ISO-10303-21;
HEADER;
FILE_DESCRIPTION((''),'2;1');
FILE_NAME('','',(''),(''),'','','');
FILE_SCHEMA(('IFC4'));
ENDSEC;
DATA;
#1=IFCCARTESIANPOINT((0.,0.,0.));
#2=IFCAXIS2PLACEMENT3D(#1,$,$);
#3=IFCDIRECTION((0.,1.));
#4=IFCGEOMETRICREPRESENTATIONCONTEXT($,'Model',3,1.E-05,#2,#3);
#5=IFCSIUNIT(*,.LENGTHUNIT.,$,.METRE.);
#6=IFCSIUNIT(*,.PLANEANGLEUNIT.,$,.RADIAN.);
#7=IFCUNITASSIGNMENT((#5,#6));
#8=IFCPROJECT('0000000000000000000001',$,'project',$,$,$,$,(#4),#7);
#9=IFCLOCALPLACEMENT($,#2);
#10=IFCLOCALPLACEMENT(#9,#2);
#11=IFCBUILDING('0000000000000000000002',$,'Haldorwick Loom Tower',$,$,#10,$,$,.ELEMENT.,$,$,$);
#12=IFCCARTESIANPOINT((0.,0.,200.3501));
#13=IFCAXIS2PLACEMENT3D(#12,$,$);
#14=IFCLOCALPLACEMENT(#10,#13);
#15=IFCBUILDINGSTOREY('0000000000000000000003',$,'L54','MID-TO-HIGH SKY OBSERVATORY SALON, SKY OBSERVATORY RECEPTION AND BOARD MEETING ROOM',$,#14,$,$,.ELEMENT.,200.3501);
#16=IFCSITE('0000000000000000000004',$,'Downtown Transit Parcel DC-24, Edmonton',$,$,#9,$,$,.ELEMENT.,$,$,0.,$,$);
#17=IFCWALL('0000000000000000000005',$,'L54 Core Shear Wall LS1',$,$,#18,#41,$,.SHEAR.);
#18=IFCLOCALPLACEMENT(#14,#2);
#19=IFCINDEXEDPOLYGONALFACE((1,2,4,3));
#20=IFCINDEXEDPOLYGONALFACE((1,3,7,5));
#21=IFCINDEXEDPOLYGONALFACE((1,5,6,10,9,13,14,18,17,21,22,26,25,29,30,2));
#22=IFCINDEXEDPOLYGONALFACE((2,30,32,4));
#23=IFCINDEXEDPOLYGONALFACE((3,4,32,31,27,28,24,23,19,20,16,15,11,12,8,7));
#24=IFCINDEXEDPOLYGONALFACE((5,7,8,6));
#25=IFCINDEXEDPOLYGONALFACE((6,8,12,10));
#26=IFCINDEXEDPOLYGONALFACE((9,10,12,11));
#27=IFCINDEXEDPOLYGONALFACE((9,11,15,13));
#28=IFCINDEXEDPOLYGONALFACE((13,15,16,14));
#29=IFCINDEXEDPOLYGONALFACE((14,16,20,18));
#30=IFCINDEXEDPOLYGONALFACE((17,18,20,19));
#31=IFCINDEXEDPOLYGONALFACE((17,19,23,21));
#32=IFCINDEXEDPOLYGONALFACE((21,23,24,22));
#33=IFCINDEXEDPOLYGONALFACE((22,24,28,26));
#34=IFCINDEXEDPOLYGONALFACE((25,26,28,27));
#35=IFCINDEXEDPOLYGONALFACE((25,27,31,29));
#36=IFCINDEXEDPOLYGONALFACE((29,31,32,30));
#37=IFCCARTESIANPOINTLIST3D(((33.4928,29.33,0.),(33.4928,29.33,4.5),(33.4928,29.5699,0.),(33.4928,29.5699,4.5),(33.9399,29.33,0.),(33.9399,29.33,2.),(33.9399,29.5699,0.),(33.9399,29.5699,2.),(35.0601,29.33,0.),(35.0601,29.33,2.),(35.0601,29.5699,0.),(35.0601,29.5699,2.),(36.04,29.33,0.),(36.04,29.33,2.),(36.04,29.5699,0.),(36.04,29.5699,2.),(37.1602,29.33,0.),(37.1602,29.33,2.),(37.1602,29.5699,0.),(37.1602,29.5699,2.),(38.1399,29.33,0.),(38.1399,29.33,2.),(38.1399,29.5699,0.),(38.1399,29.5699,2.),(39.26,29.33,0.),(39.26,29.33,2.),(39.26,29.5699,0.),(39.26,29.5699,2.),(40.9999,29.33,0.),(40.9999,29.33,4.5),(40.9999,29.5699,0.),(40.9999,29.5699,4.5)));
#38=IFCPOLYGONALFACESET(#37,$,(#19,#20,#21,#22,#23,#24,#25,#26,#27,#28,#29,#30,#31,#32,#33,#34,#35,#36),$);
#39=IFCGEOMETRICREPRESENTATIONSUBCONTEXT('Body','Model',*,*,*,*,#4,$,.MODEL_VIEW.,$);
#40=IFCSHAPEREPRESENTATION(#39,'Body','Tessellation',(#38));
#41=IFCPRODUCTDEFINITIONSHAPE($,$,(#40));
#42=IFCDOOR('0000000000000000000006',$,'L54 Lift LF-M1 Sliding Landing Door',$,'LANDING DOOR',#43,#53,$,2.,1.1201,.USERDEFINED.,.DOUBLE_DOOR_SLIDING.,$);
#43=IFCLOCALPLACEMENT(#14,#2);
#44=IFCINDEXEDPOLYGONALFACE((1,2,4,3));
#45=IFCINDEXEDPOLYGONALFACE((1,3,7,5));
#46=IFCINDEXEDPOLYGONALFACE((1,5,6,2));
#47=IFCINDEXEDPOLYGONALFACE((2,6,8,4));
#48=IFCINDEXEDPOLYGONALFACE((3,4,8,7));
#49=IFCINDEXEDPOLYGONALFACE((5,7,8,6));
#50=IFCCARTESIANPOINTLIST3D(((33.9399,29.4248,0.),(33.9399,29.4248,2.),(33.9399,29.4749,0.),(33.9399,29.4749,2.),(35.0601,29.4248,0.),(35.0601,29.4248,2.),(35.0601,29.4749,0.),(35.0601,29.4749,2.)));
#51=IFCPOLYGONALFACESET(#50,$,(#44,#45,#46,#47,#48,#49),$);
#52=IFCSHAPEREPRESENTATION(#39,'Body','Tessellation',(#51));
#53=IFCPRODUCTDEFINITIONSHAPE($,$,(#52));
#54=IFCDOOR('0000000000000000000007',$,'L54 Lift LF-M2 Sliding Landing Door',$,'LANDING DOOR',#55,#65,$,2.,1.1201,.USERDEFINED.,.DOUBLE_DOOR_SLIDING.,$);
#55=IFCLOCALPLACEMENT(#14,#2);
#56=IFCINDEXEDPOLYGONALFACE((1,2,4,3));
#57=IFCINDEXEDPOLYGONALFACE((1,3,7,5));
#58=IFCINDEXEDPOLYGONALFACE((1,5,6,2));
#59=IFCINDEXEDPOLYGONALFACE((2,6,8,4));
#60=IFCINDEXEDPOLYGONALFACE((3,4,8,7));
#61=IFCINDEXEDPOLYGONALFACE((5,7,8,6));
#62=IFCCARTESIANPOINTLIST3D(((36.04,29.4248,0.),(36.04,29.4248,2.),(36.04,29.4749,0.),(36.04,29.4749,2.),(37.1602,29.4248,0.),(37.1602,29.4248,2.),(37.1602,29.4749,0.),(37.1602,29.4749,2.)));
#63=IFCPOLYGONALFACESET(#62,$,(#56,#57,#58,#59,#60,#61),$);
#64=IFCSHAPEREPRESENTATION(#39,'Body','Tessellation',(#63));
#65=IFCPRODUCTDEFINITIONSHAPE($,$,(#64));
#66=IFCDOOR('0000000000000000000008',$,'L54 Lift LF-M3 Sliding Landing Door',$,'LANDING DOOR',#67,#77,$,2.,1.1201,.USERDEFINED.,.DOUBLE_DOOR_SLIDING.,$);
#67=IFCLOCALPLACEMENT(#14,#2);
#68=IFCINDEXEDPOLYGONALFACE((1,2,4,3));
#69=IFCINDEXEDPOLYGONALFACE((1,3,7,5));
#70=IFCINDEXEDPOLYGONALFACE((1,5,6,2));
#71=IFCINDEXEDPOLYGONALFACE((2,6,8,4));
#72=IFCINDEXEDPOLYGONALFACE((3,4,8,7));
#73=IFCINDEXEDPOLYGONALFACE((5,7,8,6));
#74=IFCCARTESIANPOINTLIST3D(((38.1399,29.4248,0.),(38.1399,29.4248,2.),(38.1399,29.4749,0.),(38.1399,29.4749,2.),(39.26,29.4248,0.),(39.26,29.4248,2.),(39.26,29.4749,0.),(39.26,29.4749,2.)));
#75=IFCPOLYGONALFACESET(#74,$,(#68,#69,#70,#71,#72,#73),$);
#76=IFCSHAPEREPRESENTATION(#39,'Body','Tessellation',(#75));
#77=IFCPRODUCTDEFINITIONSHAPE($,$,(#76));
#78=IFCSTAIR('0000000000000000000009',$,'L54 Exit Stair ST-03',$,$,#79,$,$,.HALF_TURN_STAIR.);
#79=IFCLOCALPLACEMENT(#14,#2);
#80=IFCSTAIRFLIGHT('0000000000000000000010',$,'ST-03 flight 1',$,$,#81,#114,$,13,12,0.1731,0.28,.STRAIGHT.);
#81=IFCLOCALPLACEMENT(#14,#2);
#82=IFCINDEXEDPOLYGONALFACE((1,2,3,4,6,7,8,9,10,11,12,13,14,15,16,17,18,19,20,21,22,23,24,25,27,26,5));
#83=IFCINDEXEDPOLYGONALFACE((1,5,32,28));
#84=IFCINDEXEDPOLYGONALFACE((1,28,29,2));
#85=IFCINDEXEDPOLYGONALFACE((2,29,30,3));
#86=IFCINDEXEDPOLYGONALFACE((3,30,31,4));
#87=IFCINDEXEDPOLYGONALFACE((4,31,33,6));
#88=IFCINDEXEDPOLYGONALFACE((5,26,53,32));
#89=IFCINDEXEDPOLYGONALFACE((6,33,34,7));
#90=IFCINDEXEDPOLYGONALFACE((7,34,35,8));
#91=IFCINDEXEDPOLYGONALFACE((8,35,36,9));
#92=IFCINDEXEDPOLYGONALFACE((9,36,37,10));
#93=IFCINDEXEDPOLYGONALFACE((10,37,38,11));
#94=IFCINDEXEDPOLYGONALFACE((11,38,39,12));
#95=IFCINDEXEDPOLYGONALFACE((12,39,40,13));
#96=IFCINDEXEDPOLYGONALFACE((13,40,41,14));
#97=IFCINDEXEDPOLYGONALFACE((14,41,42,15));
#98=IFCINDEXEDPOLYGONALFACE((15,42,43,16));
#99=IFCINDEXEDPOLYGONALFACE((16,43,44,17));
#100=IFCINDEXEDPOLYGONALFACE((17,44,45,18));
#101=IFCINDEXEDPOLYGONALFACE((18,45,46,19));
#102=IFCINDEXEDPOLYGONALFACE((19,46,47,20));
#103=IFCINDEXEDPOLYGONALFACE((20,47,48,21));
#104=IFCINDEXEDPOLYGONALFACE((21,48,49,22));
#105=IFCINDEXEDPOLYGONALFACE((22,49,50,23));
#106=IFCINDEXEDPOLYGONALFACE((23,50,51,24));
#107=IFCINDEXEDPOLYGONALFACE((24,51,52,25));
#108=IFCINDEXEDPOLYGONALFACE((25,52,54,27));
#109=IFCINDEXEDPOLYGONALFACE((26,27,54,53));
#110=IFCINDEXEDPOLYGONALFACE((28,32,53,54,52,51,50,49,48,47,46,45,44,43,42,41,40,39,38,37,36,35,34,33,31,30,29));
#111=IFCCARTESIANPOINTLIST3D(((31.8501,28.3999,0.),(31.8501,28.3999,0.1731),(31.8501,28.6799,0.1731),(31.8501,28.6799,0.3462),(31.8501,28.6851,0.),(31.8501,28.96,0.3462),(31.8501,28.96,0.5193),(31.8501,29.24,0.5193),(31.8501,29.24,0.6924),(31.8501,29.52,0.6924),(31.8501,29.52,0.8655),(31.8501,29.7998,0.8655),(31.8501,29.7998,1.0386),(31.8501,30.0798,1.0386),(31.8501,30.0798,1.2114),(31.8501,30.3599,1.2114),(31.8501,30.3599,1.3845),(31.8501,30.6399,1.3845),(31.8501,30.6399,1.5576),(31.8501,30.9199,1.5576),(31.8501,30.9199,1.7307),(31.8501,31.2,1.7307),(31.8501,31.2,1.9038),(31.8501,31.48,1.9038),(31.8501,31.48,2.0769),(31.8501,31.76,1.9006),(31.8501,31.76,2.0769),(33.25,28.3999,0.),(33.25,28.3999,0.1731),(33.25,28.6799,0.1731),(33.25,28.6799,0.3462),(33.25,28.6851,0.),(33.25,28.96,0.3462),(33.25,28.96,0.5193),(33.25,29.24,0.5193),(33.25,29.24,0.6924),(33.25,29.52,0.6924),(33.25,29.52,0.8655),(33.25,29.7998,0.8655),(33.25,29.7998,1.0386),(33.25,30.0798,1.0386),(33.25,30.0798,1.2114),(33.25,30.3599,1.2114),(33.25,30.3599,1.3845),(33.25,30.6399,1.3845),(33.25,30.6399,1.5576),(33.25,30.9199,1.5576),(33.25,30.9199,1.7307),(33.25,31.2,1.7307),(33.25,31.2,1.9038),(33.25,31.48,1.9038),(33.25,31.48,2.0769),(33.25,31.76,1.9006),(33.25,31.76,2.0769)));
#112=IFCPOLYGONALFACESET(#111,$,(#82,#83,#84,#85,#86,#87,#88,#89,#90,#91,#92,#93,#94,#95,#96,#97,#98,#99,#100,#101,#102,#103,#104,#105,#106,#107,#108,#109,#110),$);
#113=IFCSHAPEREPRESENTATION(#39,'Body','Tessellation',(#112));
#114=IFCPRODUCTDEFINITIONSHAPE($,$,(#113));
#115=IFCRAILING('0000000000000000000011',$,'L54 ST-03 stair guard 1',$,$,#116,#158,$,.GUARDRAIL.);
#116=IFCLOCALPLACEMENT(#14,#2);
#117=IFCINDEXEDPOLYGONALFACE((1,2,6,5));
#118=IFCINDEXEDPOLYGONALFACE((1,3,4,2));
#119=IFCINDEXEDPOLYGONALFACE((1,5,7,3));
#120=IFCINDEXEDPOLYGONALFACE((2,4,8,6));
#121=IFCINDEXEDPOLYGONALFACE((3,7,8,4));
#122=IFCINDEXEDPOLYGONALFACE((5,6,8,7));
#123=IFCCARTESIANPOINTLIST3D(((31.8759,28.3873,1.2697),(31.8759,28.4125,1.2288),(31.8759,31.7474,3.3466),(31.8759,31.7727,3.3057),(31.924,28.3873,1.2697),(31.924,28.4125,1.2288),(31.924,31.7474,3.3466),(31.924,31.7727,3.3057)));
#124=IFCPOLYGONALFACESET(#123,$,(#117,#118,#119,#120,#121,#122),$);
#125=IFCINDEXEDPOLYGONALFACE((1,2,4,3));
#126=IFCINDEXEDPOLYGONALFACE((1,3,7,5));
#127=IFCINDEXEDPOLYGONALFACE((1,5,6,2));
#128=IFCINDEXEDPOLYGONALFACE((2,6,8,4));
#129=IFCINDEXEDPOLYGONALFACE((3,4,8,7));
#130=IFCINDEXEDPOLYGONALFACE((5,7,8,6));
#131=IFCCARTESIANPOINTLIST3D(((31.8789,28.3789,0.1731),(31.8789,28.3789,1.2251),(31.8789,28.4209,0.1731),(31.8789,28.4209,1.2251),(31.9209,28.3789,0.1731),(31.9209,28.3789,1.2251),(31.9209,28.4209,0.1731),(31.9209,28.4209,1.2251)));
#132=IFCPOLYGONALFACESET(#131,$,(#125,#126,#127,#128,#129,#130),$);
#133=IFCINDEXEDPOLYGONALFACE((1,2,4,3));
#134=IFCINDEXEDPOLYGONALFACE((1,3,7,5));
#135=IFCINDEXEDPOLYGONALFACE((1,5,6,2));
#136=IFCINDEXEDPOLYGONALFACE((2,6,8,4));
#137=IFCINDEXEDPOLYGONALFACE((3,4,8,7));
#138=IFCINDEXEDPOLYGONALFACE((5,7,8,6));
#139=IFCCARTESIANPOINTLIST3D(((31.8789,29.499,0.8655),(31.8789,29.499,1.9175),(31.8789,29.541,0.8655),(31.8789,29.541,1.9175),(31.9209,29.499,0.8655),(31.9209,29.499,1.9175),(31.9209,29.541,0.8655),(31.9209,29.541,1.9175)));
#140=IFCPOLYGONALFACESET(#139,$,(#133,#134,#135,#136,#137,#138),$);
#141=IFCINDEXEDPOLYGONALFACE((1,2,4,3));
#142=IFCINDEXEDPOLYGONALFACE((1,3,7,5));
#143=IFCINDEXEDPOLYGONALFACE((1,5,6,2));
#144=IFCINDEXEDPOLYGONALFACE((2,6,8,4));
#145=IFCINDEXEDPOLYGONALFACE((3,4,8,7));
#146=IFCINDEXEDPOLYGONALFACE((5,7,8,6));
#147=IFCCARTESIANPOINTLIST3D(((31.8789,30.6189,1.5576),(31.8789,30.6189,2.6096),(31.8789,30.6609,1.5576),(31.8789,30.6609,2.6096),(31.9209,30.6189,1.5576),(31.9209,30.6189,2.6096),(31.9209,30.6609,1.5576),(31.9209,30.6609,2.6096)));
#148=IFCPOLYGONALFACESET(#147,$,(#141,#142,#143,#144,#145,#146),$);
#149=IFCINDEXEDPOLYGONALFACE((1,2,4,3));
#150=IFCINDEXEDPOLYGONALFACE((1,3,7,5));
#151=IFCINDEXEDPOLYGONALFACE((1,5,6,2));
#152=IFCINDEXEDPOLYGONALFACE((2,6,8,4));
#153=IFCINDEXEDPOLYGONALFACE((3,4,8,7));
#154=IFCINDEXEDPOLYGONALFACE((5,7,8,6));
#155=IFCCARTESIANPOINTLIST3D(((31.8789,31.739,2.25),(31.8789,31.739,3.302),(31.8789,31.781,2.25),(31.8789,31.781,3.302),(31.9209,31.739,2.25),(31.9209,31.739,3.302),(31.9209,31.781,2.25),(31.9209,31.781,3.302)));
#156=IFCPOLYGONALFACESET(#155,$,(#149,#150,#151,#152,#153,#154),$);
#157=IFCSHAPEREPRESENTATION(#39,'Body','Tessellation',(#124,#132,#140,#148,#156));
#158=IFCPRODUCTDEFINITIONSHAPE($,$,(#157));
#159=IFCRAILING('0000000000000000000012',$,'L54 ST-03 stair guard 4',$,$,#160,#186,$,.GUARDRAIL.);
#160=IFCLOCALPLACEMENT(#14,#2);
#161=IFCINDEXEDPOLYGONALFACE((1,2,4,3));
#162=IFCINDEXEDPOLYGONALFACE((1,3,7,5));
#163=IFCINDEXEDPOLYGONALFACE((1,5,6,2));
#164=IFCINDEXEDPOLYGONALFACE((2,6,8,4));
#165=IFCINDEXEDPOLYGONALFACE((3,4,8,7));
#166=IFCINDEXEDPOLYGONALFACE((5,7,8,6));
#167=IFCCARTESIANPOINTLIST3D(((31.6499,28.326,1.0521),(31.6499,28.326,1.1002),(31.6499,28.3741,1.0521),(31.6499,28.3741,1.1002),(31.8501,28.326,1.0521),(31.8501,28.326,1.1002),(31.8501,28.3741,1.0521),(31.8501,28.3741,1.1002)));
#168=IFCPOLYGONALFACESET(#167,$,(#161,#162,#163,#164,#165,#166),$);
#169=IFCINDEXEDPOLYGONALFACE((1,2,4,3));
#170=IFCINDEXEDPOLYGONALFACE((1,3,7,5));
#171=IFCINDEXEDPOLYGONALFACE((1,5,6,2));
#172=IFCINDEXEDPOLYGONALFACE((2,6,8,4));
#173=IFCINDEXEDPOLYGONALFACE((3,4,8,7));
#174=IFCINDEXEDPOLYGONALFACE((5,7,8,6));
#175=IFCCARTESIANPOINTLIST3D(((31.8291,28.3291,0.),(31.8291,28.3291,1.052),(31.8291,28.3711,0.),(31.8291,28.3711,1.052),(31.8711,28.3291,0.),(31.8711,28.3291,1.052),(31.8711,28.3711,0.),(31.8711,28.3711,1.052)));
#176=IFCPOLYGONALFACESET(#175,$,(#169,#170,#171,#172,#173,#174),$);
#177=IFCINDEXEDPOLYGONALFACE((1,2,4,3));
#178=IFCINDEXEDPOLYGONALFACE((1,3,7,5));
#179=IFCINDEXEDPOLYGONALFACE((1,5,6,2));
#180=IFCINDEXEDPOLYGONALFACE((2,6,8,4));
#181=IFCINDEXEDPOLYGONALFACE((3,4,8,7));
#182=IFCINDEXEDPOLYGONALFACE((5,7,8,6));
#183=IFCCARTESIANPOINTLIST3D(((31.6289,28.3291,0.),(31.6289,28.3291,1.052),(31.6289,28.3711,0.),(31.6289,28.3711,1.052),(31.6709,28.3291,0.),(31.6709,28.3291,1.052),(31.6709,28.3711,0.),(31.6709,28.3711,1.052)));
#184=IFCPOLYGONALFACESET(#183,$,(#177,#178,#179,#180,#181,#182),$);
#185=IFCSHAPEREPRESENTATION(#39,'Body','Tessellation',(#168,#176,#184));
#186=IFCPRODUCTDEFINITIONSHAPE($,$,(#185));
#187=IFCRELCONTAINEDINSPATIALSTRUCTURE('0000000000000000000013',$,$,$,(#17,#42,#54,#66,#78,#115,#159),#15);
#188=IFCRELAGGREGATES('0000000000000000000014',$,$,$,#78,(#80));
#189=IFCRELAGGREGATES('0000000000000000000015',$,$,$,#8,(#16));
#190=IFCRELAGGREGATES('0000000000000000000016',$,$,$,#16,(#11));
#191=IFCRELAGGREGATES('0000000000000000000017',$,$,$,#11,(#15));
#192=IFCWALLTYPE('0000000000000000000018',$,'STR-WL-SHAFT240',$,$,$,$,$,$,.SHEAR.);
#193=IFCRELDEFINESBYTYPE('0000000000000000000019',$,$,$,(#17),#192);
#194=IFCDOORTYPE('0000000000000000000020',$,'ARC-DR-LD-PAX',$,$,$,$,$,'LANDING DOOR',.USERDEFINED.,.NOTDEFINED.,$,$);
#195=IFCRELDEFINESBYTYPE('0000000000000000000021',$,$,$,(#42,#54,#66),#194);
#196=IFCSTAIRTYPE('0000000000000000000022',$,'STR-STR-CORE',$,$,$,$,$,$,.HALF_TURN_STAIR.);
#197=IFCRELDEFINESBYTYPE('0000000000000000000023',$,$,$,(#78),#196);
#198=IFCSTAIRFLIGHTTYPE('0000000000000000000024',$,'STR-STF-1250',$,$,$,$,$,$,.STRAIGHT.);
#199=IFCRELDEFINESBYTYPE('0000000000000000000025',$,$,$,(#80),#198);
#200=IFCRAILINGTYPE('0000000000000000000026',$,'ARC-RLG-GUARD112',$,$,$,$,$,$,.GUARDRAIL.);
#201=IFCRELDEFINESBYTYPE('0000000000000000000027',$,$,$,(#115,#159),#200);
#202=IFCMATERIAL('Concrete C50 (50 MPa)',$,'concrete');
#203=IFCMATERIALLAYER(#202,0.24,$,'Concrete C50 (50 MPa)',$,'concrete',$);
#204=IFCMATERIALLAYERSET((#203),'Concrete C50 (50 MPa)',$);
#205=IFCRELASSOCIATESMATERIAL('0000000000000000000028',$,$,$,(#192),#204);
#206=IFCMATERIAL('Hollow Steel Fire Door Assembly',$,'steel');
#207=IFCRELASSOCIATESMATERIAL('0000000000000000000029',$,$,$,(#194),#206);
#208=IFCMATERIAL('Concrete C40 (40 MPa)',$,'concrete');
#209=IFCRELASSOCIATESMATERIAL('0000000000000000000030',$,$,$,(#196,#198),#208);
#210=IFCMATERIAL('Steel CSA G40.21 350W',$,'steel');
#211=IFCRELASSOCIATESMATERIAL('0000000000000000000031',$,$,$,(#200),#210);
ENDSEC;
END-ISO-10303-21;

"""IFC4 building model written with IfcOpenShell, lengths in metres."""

from ifc_helpers import new_model, si_unit, direction, frame, frame_2d, origin, origin_2d, place, context, subcontext, project, spatial, polyline, rectangle, outline, extrude, material, layer, layer_set, type_object, element, fill, aggregate, save


model = new_model("IFC4")

# Units and contexts
model_context = context("Model", 3, precision=1e-05, world=origin(), true_north=direction((0.0, 1.0)))
body_context = subcontext(model_context, "Body", "Model", "MODEL_VIEW")
ifc_project = project(units=[si_unit("LENGTHUNIT", "METRE"), si_unit("PLANEANGLEUNIT", "RADIAN")], contexts=[model_context])

# Site, building, storey
site_placement = place(None, origin())
site = spatial("IfcSite", under=ifc_project, at=site_placement, Name="Downtown Transit Parcel DC-24, Edmonton", CompositionType="ELEMENT", RefElevation=0.0)
building_placement = place(site_placement, origin())
building = spatial("IfcBuilding", under=site, at=building_placement, Name="Haldorwick Loom Tower", CompositionType="ELEMENT")
storey_placement = place(building_placement, frame((0.0, 0.0, 200.3501)))
storey = spatial("IfcBuildingStorey", under=building, at=storey_placement, Name="L54", Description="MID-TO-HIGH SKY OBSERVATORY SALON, SKY OBSERVATORY RECEPTION AND BOARD MEETING ROOM", CompositionType="ELEMENT", Elevation=200.3501)

# Shared definitions
ifc_material_1 = material(Name="Steel CSA G40.21 350W", Category="steel")

# Shared definitions
ifc_material_2 = material(Name="Concrete C50 (50 MPa)", Category="concrete")

# Shared definitions
ifc_layer_1 = layer(ifc_material_2, 0.24, Name="Concrete C50 (50 MPa)", Category="concrete")
ifc_layer_set_1 = layer_set([ifc_layer_1], Name="Concrete C50 (50 MPa)")
wall_type_1 = type_object("IfcWallType", Name="STR-WL-SHAFT240", PredefinedType="SHEAR", material=ifc_layer_set_1)

# Wall, openings, doors
wall_1_placement = place(storey_placement, frame((33.4929, 29.45, 0.0), z_axis=(0.0, 0.0, 1.0), x_axis=(1.0, 0.0, 0.0)))
wall_1 = element("IfcWall", 1, at=wall_1_placement, inside=storey, type_object=wall_type_1, Name="L54 Core Shear Wall LS1", PredefinedType="SHEAR", context=body_context, shape_type="SweptSolid", body=[
    extrude(rectangle(XDim=7.5071, YDim=0.24, at=frame_2d((3.7534, 0.0))), origin(), (0.0, 0.0, 1.0), 4.5),
])
opening_1_placement = place(wall_1_placement, frame((0.447, 0.0, 0.0)))
opening_1 = element("IfcOpeningElement", 2, at=opening_1_placement, cuts=wall_1, PredefinedType="OPENING", context=body_context, shape_type="SweptSolid", body=[
    extrude(rectangle(XDim=1.1201, YDim=2.0, at=frame_2d((0.5601, 1.0))), frame((0.0, 0.1299, 0.0), z_axis=(0.0, -1.0, 0.0), x_axis=(1.0, 0.0, 0.0)), (0.0, 0.0, 1.0), 0.26),
])
opening_2_placement = place(wall_1_placement, frame((2.5471, 0.0, 0.0)))
opening_2 = element("IfcOpeningElement", 3, at=opening_2_placement, cuts=wall_1, PredefinedType="OPENING", context=body_context, shape_type="SweptSolid", body=[
    extrude(rectangle(XDim=1.1201, YDim=2.0, at=frame_2d((0.5601, 1.0))), frame((0.0, 0.1299, 0.0), z_axis=(0.0, -1.0, 0.0), x_axis=(1.0, 0.0, 0.0)), (0.0, 0.0, 1.0), 0.26),
])
opening_3_placement = place(wall_1_placement, frame((4.647, 0.0, 0.0)))
opening_3 = element("IfcOpeningElement", 4, at=opening_3_placement, cuts=wall_1, PredefinedType="OPENING", context=body_context, shape_type="SweptSolid", body=[
    extrude(rectangle(XDim=1.1201, YDim=2.0, at=frame_2d((0.5601, 1.0))), frame((0.0, 0.1299, 0.0), z_axis=(0.0, -1.0, 0.0), x_axis=(1.0, 0.0, 0.0)), (0.0, 0.0, 1.0), 0.26),
])
ifc_material_3 = material(Name="Hollow Steel Fire Door Assembly", Category="steel")
door_type = type_object("IfcDoorType", Name="ARC-DR-LD-PAX", ElementType="LANDING DOOR", OperationType="NOTDEFINED", PredefinedType="USERDEFINED", material=ifc_material_3)
door_1_placement = place(opening_1_placement, origin())
door_1 = element("IfcDoor", 5, at=door_1_placement, inside=storey, type_object=door_type, Name="L54 Lift LF-M1 Sliding Landing Door", ObjectType="LANDING DOOR", OperationType="DOUBLE_DOOR_SLIDING", OverallHeight=2.0, OverallWidth=1.1201, PredefinedType="USERDEFINED", context=body_context, shape_type="SweptSolid", body=[
    extrude(rectangle(XDim=1.1201, YDim=2.0, at=frame_2d((0.5601, 1.0))), frame((0.0, 0.0249, 0.0), z_axis=(0.0, -1.0, 0.0), x_axis=(1.0, 0.0, 0.0)), (0.0, 0.0, 1.0), 0.05),
])
fill(opening_1, door_1)
door_2_placement = place(opening_2_placement, origin())
door_2 = element("IfcDoor", 6, at=door_2_placement, inside=storey, type_object=door_type, Name="L54 Lift LF-M2 Sliding Landing Door", ObjectType="LANDING DOOR", OperationType="DOUBLE_DOOR_SLIDING", OverallHeight=2.0, OverallWidth=1.1201, PredefinedType="USERDEFINED", context=body_context, shape_type="SweptSolid", body=[
    extrude(rectangle(XDim=1.1201, YDim=2.0, at=frame_2d((0.5601, 1.0))), frame((0.0, 0.0249, 0.0), z_axis=(0.0, -1.0, 0.0), x_axis=(1.0, 0.0, 0.0)), (0.0, 0.0, 1.0), 0.05),
])
fill(opening_2, door_2)
door_3_placement = place(opening_3_placement, origin())
door_3 = element("IfcDoor", 7, at=door_3_placement, inside=storey, type_object=door_type, Name="L54 Lift LF-M3 Sliding Landing Door", ObjectType="LANDING DOOR", OperationType="DOUBLE_DOOR_SLIDING", OverallHeight=2.0, OverallWidth=1.1201, PredefinedType="USERDEFINED", context=body_context, shape_type="SweptSolid", body=[
    extrude(rectangle(XDim=1.1201, YDim=2.0, at=frame_2d((0.5601, 1.0))), frame((0.0, 0.0249, 0.0), z_axis=(0.0, -1.0, 0.0), x_axis=(1.0, 0.0, 0.0)), (0.0, 0.0, 1.0), 0.05),
])
fill(opening_3, door_3)

# Stair, stair flight
ifc_material_4 = material(Name="Concrete C40 (40 MPa)", Category="concrete")
stair_type = type_object("IfcStairType", Name="STR-STR-CORE", PredefinedType="HALF_TURN_STAIR", material=ifc_material_4)
stair_placement = place(storey_placement, origin())
stair = element("IfcStair", 8, at=stair_placement, inside=storey, type_object=stair_type, Name="L54 Exit Stair ST-03", PredefinedType="HALF_TURN_STAIR")
stair_flight_type = type_object("IfcStairFlightType", Name="STR-STF-1250", PredefinedType="STRAIGHT", material=ifc_material_4)
stair_flight_placement = place(storey_placement, frame((32.55, 28.3999, 0.0), z_axis=(0.0, 0.0, 1.0), x_axis=(0.0, 1.0, 0.0)))
stair_flight = element("IfcStairFlight", 9, at=stair_flight_placement, type_object=stair_flight_type, Name="ST-03 flight 1", NumberOfRisers=13, NumberOfTreads=12, PredefinedType="STRAIGHT", RiserHeight=0.1731, TreadLength=0.28, context=body_context, shape_type="SweptSolid", body=[
    extrude(outline(polyline([(0.0, 0.0), (0.0, 0.1731), (0.28, 0.1731), (0.28, 0.3462), (0.5601, 0.3462), (0.5601, 0.5193), (0.8401, 0.5193), (0.8401, 0.6924), (1.1201, 0.6924), (1.1201, 0.8655), (1.3999, 0.8655), (1.3999, 1.0386), (1.6799, 1.0386), (1.6799, 1.2114), (1.96, 1.2114), (1.96, 1.3845), (2.24, 1.3845), (2.24, 1.5576), (2.52, 1.5576), (2.52, 1.7307), (2.8, 1.7307), (2.8, 1.9038), (3.0801, 1.9038), (3.0801, 2.0769), (3.3601, 2.0769), (3.3601, 2.25), (3.3601, 1.9006), (0.2852, 0.0), (0.0, 0.0)])), frame((0.0, 0.7, 0.0), z_axis=(0.0, -1.0, 0.0), x_axis=(1.0, 0.0, 0.0)), (0.0, 0.0, 1.0), 1.3999),
])
aggregate(stair, [stair_flight])

# Railings
railing_type_1 = type_object("IfcRailingType", Name="ARC-RLG-GUARD112", PredefinedType="GUARDRAIL", material=ifc_material_1)
railing_1_placement = place(storey_placement, frame((31.8999, 28.3999, 0.1731)))
element("IfcRailing", 10, at=railing_1_placement, inside=storey, type_object=railing_type_1, Name="L54 ST-03 stair guard 1", PredefinedType="GUARDRAIL", context=body_context, shape_type="SweptSolid", body=[
    extrude(rectangle(XDim=0.0481, YDim=0.0481, at=origin_2d()), frame((0.0, 0.0, 1.0762), z_axis=(0.0, 0.850623, 0.525776), x_axis=(-1.0, 0.0, 0.0)), (0.0, 0.0, 1.0), 3.9502),
    extrude(rectangle(XDim=0.042, YDim=0.042, at=origin_2d()), origin(), (0.0, 0.0, 1.0), 1.052),
    extrude(rectangle(XDim=0.042, YDim=0.042, at=origin_2d()), frame((0.0, 1.1201, 0.6924)), (0.0, 0.0, 1.0), 1.052),
    extrude(rectangle(XDim=0.042, YDim=0.042, at=origin_2d()), frame((0.0, 2.24, 1.3845)), (0.0, 0.0, 1.0), 1.052),
    extrude(rectangle(XDim=0.042, YDim=0.042, at=origin_2d()), frame((0.0, 3.3601, 2.0769)), (0.0, 0.0, 1.0), 1.052),
])
railing_2_placement = place(storey_placement, frame((31.8501, 28.3501, 0.0)))
element("IfcRailing", 11, at=railing_2_placement, inside=storey, type_object=railing_type_1, Name="L54 ST-03 stair guard 4", PredefinedType="GUARDRAIL", context=body_context, shape_type="SweptSolid", body=[
    extrude(rectangle(XDim=0.0481, YDim=0.0481, at=origin_2d()), frame((0.0, 0.0, 1.0762), z_axis=(-1.0, 0.0, 0.0), x_axis=(0.0, -1.0, 0.0)), (0.0, 0.0, 1.0), 0.2002),
    extrude(rectangle(XDim=0.042, YDim=0.042, at=origin_2d()), origin(), (0.0, 0.0, 1.0), 1.052),
    extrude(rectangle(XDim=0.042, YDim=0.042, at=origin_2d()), frame((-0.2002, 0.0, 0.0)), (0.0, 0.0, 1.0), 1.052),
])

save(model, "model.ifc")
